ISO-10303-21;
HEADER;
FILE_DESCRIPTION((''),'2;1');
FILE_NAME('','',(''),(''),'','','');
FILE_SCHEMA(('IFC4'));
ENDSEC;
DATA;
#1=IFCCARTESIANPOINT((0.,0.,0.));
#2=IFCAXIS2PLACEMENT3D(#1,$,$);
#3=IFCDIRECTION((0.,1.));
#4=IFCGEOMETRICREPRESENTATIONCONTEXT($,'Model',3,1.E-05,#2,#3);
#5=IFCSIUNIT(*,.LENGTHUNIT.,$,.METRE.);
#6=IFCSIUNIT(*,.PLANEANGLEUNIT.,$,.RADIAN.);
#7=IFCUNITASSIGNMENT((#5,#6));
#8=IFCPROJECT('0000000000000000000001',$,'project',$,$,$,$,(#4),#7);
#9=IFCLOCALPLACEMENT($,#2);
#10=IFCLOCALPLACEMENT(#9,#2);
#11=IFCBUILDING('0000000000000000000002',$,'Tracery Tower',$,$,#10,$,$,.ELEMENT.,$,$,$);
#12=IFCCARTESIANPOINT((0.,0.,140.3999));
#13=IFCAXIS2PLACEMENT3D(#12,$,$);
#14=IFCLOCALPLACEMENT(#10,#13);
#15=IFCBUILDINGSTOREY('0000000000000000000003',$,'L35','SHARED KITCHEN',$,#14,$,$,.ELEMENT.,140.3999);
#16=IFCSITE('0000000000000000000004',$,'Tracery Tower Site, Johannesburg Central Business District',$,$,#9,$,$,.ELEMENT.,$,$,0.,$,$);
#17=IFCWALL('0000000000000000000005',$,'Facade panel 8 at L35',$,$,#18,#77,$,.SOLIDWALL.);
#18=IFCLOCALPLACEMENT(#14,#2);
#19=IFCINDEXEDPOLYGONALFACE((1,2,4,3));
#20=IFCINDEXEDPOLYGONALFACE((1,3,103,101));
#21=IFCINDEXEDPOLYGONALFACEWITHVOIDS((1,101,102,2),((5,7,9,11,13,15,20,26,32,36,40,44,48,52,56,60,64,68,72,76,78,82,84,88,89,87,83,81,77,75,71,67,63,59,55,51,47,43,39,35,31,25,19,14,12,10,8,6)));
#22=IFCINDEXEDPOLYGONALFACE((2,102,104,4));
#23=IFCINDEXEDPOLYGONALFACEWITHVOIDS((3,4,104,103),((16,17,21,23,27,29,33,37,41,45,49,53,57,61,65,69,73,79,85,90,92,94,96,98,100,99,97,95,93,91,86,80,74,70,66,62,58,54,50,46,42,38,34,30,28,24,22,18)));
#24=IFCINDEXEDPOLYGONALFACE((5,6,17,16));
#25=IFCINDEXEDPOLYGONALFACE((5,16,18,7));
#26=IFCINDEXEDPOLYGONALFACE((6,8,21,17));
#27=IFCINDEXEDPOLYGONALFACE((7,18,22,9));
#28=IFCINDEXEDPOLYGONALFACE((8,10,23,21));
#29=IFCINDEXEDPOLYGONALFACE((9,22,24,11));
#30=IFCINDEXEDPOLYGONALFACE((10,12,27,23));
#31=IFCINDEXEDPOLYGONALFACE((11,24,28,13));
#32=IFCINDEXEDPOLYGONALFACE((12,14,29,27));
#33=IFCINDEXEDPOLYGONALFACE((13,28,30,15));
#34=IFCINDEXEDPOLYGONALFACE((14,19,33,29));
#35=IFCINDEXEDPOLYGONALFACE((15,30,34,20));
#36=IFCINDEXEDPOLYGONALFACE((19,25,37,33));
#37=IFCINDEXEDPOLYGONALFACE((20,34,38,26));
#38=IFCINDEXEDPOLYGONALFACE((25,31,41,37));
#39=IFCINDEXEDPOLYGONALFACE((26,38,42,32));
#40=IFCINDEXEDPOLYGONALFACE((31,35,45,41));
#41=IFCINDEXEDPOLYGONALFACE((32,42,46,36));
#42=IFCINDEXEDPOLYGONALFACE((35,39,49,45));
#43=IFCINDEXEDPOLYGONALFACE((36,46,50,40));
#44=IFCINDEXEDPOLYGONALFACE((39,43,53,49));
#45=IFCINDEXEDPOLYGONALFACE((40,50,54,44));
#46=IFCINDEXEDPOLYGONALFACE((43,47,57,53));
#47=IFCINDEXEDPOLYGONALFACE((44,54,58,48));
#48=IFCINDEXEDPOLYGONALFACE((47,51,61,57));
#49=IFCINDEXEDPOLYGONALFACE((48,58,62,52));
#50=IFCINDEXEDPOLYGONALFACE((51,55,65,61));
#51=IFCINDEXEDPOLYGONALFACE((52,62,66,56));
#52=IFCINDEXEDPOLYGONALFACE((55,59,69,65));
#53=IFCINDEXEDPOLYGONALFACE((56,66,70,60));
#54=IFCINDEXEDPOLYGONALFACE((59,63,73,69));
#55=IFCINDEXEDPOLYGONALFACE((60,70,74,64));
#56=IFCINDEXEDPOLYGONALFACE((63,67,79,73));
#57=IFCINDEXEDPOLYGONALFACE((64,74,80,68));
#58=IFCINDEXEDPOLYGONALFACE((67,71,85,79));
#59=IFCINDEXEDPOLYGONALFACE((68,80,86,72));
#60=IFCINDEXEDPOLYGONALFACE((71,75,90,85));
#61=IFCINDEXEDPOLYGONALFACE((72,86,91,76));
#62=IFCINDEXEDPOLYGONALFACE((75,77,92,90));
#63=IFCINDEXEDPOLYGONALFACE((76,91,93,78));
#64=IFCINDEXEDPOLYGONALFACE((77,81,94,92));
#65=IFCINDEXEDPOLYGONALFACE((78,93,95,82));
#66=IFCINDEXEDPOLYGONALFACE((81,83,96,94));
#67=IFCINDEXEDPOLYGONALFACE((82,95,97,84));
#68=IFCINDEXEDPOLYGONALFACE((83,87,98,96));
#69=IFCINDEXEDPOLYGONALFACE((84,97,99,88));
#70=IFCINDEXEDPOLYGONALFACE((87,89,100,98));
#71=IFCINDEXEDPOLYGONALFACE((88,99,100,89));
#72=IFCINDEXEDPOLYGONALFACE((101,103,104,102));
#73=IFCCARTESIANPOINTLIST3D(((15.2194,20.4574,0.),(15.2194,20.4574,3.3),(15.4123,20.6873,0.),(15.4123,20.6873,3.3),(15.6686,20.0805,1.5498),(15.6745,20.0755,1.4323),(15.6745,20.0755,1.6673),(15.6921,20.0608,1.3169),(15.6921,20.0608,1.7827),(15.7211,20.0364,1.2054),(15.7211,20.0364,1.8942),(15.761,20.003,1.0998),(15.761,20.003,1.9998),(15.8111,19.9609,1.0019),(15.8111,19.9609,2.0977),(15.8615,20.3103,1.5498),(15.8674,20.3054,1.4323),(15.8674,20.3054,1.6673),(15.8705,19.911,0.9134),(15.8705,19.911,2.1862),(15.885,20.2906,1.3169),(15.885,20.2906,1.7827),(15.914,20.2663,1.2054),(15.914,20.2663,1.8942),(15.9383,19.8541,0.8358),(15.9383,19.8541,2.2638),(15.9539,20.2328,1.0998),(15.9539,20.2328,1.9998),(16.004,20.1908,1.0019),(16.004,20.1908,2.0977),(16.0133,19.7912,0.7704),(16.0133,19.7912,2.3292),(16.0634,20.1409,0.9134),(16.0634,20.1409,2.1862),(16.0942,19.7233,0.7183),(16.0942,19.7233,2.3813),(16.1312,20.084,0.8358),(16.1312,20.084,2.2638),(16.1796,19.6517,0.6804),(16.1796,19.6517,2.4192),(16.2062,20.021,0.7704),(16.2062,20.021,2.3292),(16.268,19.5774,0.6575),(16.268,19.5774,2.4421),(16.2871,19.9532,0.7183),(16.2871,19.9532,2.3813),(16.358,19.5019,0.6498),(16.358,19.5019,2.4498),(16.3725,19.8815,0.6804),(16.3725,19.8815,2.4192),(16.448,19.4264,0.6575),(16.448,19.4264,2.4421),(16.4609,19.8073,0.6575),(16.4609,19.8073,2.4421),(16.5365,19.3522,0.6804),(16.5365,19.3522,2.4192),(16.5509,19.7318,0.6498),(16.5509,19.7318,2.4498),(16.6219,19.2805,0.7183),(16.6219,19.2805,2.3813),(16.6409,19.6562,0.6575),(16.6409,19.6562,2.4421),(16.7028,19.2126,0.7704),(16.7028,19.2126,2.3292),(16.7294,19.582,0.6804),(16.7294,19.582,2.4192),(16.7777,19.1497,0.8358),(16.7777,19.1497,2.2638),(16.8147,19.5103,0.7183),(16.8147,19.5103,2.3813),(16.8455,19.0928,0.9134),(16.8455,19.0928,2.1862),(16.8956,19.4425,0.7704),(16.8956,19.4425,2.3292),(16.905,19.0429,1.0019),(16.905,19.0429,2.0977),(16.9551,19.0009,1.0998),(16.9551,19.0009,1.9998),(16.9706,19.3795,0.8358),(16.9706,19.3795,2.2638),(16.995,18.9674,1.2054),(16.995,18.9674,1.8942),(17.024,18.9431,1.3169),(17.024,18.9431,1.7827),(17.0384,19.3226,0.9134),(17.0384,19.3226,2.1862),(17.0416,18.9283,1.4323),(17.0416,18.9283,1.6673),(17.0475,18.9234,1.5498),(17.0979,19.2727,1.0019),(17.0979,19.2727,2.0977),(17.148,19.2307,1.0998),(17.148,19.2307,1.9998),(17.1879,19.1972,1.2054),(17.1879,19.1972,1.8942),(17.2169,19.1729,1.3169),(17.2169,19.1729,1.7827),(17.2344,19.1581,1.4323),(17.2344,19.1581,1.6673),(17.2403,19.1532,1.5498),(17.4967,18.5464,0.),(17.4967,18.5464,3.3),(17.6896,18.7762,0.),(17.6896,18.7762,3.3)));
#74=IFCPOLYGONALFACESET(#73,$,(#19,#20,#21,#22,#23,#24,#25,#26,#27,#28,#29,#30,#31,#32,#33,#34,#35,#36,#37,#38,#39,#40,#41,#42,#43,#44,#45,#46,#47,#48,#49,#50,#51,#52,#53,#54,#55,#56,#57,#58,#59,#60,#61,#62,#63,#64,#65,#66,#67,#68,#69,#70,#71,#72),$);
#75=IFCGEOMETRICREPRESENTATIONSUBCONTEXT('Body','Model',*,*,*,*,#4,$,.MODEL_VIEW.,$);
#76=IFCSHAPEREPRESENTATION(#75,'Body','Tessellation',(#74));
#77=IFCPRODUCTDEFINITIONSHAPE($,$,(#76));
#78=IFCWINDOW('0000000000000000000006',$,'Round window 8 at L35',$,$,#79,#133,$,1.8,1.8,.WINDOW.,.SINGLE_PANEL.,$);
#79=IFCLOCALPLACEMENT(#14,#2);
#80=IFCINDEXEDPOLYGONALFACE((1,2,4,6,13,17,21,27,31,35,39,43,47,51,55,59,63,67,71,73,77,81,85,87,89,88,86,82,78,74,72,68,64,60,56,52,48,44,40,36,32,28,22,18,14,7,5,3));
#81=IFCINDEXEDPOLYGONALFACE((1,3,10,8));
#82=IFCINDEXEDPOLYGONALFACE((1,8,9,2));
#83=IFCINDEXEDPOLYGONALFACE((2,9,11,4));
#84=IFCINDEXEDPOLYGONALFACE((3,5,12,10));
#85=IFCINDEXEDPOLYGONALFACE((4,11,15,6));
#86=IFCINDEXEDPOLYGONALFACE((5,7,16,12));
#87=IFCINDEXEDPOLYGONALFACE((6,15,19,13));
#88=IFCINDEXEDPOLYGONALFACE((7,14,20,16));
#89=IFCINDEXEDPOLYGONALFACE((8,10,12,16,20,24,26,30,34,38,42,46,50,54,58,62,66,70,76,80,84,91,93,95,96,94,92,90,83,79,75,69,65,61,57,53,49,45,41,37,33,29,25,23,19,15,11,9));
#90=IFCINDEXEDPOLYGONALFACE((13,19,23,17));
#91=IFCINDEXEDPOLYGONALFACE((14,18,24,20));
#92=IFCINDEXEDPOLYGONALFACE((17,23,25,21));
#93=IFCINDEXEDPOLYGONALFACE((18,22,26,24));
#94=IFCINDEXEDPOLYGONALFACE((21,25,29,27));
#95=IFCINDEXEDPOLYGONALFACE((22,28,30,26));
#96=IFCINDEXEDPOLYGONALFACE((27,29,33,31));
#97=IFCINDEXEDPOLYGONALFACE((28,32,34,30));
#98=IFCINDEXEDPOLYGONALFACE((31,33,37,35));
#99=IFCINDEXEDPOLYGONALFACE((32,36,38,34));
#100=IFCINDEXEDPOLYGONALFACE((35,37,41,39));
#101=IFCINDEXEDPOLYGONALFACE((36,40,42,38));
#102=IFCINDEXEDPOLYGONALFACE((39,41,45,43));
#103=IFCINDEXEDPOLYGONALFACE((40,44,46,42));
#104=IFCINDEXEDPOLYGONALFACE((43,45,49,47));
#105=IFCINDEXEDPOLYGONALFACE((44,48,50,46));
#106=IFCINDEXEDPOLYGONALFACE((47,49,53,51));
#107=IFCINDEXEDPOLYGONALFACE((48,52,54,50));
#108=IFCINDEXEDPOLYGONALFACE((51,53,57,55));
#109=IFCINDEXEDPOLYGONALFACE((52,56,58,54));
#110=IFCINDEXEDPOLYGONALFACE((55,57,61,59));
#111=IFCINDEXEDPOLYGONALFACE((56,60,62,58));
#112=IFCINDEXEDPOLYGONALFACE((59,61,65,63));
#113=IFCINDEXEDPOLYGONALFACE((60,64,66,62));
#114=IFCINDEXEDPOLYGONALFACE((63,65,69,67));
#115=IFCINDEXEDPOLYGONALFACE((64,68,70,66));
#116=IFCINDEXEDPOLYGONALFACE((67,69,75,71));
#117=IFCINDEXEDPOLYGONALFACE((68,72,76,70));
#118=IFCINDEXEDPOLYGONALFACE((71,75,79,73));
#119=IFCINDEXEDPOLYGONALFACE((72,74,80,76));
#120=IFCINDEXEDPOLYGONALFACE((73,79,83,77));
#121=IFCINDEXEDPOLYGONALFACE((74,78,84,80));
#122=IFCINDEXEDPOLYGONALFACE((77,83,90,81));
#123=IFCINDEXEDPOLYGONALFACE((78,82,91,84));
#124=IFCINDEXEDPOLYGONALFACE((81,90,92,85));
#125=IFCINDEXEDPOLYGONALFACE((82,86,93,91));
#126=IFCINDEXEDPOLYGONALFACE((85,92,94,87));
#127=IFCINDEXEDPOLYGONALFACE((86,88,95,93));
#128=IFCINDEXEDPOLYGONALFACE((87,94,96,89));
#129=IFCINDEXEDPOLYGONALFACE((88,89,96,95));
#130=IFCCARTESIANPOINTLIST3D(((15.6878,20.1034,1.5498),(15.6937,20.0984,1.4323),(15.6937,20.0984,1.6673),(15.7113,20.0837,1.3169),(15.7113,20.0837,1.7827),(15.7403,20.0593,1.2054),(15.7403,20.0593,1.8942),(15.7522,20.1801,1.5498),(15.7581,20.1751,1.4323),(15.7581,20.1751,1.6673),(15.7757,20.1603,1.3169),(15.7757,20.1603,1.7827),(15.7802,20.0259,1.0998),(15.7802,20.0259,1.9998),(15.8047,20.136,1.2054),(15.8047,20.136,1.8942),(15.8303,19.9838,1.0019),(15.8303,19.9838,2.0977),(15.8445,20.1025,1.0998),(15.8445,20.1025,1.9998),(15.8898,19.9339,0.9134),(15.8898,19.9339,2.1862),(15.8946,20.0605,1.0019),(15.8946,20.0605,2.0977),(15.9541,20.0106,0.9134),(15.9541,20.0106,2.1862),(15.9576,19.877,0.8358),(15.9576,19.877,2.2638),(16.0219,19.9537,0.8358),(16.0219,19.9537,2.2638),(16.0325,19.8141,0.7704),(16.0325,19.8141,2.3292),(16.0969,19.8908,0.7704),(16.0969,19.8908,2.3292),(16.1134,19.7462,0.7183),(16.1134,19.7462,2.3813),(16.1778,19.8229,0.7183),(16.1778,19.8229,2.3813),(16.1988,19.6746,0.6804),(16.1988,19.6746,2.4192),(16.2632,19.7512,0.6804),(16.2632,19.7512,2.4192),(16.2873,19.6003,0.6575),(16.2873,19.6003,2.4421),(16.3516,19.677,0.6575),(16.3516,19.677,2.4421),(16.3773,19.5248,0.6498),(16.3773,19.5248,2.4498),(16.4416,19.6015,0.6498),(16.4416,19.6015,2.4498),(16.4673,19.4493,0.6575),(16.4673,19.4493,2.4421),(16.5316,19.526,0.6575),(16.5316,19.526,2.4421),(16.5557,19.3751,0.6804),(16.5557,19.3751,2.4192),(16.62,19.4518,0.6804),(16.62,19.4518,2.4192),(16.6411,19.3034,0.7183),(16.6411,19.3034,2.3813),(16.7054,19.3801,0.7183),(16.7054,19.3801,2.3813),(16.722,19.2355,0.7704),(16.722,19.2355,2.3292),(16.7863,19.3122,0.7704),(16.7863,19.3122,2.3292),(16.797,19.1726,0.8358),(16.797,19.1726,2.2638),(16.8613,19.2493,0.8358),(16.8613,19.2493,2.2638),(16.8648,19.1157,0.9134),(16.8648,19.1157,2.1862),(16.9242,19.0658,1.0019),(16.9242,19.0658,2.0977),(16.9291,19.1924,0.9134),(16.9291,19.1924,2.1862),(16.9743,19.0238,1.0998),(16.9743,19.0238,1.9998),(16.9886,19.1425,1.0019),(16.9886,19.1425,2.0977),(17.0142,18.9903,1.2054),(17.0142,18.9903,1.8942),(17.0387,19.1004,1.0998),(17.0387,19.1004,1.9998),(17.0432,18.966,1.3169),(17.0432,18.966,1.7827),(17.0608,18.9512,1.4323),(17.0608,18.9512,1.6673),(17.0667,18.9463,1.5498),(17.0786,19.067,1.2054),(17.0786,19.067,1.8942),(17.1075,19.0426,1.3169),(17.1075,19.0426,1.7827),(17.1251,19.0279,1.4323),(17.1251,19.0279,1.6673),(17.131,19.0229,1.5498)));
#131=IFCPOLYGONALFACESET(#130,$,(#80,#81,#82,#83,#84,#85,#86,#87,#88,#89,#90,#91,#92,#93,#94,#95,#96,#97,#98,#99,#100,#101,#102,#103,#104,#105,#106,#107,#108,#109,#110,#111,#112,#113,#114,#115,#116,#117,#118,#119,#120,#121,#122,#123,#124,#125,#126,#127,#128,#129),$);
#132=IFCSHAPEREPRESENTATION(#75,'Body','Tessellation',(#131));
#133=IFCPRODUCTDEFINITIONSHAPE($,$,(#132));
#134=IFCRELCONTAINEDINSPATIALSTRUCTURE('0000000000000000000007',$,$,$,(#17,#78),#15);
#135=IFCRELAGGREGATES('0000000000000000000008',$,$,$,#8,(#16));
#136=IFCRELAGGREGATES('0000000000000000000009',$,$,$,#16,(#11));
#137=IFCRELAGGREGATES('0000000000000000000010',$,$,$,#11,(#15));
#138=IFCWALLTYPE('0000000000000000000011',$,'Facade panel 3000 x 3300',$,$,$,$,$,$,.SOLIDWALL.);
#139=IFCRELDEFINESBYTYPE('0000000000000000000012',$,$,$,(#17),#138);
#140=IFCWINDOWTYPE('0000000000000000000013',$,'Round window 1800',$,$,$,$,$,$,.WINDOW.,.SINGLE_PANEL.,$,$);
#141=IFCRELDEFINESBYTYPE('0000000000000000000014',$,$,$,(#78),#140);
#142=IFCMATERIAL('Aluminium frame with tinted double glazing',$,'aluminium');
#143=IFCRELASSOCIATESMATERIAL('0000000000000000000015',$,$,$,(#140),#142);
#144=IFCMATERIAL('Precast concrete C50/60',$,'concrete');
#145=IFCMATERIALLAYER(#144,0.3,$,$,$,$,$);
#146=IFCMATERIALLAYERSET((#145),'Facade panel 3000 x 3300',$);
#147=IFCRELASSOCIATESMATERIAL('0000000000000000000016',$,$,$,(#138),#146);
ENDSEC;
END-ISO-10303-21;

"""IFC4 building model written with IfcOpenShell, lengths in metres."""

from ifc_helpers import new_model, si_unit, direction, frame, frame_2d, origin, origin_2d, place, context, subcontext, project, spatial, rectangle, circle, extrude, material, layer, layer_set, type_object, element, fill, save


model = new_model("IFC4")

# Units and contexts
model_context = context("Model", 3, precision=1e-05, world=origin(), true_north=direction((0.0, 1.0)))
body_context = subcontext(model_context, "Body", "Model", "MODEL_VIEW")
ifc_project = project(units=[si_unit("LENGTHUNIT", "METRE"), si_unit("PLANEANGLEUNIT", "RADIAN")], contexts=[model_context])

# Site, building, storey
site_placement = place(None, origin())
site = spatial("IfcSite", under=ifc_project, at=site_placement, Name="Tracery Tower Site, Johannesburg Central Business District", CompositionType="ELEMENT", RefElevation=0.0)
building_placement = place(site_placement, origin())
building = spatial("IfcBuilding", under=site, at=building_placement, Name="Tracery Tower", CompositionType="ELEMENT")
storey_placement = place(building_placement, frame((0.0, 0.0, 140.3999)))
storey = spatial("IfcBuildingStorey", under=building, at=storey_placement, Name="L35", Description="SHARED KITCHEN", CompositionType="ELEMENT", Elevation=140.3999)

# Wall, opening, window
ifc_material_1 = material(Name="Aluminium frame with tinted double glazing", Category="aluminium")
window_type = type_object("IfcWindowType", Name="Round window 1800", PartitioningType="SINGLE_PANEL", PredefinedType="WINDOW", material=ifc_material_1)
ifc_material_2 = material(Name="Precast concrete C50/60", Category="concrete")
ifc_layer_1 = layer(ifc_material_2, 0.3)
ifc_layer_set_1 = layer_set([ifc_layer_1], Name="Facade panel 3000 x 3300")
wall_type_1 = type_object("IfcWallType", Name="Facade panel 3000 x 3300", PredefinedType="SOLIDWALL", material=ifc_layer_set_1)
wall_1_placement = place(storey_placement, frame((17.593, 18.6614, 0.0), z_axis=(0.0, 0.0, 1.0), x_axis=(-0.766009, 0.64283, 0.0)))
wall_1 = element("IfcWall", 1, at=wall_1_placement, inside=storey, type_object=wall_type_1, Name="Facade panel 8 at L35", PredefinedType="SOLIDWALL", context=body_context, shape_type="SweptSolid", body=[
    extrude(rectangle(XDim=2.9729, YDim=0.3, at=frame_2d((1.4863, 0.0))), origin(), (0.0, 0.0, 1.0), 3.3),
])
opening_1_placement = place(wall_1_placement, frame((1.4863, 0.0, 1.5498)))
opening_1 = element("IfcOpeningElement", 2, at=opening_1_placement, cuts=wall_1, PredefinedType="OPENING", context=body_context, shape_type="SweptSolid", body=[
    extrude(circle(Radius=0.9, at=origin_2d()), frame((0.0, 0.1599, 0.0), z_axis=(0.0, -1.0, 0.0), x_axis=(1.0, 0.0, 0.0)), (0.0, 0.0, 1.0), 0.3201),
])
window_1_placement = place(opening_1_placement, origin())
window_1 = element("IfcWindow", 3, at=window_1_placement, inside=storey, type_object=window_type, Name="Round window 8 at L35", OverallHeight=1.8, OverallWidth=1.8, PartitioningType="SINGLE_PANEL", PredefinedType="WINDOW", context=body_context, shape_type="SweptSolid", body=[
    extrude(circle(Radius=0.9, at=origin_2d()), frame((0.0, 0.1201, 0.0), z_axis=(0.0, -1.0, 0.0), x_axis=(1.0, 0.0, 0.0)), (0.0, 0.0, 1.0), 0.1001),
])
fill(opening_1, window_1)

save(model, "model.ifc")
